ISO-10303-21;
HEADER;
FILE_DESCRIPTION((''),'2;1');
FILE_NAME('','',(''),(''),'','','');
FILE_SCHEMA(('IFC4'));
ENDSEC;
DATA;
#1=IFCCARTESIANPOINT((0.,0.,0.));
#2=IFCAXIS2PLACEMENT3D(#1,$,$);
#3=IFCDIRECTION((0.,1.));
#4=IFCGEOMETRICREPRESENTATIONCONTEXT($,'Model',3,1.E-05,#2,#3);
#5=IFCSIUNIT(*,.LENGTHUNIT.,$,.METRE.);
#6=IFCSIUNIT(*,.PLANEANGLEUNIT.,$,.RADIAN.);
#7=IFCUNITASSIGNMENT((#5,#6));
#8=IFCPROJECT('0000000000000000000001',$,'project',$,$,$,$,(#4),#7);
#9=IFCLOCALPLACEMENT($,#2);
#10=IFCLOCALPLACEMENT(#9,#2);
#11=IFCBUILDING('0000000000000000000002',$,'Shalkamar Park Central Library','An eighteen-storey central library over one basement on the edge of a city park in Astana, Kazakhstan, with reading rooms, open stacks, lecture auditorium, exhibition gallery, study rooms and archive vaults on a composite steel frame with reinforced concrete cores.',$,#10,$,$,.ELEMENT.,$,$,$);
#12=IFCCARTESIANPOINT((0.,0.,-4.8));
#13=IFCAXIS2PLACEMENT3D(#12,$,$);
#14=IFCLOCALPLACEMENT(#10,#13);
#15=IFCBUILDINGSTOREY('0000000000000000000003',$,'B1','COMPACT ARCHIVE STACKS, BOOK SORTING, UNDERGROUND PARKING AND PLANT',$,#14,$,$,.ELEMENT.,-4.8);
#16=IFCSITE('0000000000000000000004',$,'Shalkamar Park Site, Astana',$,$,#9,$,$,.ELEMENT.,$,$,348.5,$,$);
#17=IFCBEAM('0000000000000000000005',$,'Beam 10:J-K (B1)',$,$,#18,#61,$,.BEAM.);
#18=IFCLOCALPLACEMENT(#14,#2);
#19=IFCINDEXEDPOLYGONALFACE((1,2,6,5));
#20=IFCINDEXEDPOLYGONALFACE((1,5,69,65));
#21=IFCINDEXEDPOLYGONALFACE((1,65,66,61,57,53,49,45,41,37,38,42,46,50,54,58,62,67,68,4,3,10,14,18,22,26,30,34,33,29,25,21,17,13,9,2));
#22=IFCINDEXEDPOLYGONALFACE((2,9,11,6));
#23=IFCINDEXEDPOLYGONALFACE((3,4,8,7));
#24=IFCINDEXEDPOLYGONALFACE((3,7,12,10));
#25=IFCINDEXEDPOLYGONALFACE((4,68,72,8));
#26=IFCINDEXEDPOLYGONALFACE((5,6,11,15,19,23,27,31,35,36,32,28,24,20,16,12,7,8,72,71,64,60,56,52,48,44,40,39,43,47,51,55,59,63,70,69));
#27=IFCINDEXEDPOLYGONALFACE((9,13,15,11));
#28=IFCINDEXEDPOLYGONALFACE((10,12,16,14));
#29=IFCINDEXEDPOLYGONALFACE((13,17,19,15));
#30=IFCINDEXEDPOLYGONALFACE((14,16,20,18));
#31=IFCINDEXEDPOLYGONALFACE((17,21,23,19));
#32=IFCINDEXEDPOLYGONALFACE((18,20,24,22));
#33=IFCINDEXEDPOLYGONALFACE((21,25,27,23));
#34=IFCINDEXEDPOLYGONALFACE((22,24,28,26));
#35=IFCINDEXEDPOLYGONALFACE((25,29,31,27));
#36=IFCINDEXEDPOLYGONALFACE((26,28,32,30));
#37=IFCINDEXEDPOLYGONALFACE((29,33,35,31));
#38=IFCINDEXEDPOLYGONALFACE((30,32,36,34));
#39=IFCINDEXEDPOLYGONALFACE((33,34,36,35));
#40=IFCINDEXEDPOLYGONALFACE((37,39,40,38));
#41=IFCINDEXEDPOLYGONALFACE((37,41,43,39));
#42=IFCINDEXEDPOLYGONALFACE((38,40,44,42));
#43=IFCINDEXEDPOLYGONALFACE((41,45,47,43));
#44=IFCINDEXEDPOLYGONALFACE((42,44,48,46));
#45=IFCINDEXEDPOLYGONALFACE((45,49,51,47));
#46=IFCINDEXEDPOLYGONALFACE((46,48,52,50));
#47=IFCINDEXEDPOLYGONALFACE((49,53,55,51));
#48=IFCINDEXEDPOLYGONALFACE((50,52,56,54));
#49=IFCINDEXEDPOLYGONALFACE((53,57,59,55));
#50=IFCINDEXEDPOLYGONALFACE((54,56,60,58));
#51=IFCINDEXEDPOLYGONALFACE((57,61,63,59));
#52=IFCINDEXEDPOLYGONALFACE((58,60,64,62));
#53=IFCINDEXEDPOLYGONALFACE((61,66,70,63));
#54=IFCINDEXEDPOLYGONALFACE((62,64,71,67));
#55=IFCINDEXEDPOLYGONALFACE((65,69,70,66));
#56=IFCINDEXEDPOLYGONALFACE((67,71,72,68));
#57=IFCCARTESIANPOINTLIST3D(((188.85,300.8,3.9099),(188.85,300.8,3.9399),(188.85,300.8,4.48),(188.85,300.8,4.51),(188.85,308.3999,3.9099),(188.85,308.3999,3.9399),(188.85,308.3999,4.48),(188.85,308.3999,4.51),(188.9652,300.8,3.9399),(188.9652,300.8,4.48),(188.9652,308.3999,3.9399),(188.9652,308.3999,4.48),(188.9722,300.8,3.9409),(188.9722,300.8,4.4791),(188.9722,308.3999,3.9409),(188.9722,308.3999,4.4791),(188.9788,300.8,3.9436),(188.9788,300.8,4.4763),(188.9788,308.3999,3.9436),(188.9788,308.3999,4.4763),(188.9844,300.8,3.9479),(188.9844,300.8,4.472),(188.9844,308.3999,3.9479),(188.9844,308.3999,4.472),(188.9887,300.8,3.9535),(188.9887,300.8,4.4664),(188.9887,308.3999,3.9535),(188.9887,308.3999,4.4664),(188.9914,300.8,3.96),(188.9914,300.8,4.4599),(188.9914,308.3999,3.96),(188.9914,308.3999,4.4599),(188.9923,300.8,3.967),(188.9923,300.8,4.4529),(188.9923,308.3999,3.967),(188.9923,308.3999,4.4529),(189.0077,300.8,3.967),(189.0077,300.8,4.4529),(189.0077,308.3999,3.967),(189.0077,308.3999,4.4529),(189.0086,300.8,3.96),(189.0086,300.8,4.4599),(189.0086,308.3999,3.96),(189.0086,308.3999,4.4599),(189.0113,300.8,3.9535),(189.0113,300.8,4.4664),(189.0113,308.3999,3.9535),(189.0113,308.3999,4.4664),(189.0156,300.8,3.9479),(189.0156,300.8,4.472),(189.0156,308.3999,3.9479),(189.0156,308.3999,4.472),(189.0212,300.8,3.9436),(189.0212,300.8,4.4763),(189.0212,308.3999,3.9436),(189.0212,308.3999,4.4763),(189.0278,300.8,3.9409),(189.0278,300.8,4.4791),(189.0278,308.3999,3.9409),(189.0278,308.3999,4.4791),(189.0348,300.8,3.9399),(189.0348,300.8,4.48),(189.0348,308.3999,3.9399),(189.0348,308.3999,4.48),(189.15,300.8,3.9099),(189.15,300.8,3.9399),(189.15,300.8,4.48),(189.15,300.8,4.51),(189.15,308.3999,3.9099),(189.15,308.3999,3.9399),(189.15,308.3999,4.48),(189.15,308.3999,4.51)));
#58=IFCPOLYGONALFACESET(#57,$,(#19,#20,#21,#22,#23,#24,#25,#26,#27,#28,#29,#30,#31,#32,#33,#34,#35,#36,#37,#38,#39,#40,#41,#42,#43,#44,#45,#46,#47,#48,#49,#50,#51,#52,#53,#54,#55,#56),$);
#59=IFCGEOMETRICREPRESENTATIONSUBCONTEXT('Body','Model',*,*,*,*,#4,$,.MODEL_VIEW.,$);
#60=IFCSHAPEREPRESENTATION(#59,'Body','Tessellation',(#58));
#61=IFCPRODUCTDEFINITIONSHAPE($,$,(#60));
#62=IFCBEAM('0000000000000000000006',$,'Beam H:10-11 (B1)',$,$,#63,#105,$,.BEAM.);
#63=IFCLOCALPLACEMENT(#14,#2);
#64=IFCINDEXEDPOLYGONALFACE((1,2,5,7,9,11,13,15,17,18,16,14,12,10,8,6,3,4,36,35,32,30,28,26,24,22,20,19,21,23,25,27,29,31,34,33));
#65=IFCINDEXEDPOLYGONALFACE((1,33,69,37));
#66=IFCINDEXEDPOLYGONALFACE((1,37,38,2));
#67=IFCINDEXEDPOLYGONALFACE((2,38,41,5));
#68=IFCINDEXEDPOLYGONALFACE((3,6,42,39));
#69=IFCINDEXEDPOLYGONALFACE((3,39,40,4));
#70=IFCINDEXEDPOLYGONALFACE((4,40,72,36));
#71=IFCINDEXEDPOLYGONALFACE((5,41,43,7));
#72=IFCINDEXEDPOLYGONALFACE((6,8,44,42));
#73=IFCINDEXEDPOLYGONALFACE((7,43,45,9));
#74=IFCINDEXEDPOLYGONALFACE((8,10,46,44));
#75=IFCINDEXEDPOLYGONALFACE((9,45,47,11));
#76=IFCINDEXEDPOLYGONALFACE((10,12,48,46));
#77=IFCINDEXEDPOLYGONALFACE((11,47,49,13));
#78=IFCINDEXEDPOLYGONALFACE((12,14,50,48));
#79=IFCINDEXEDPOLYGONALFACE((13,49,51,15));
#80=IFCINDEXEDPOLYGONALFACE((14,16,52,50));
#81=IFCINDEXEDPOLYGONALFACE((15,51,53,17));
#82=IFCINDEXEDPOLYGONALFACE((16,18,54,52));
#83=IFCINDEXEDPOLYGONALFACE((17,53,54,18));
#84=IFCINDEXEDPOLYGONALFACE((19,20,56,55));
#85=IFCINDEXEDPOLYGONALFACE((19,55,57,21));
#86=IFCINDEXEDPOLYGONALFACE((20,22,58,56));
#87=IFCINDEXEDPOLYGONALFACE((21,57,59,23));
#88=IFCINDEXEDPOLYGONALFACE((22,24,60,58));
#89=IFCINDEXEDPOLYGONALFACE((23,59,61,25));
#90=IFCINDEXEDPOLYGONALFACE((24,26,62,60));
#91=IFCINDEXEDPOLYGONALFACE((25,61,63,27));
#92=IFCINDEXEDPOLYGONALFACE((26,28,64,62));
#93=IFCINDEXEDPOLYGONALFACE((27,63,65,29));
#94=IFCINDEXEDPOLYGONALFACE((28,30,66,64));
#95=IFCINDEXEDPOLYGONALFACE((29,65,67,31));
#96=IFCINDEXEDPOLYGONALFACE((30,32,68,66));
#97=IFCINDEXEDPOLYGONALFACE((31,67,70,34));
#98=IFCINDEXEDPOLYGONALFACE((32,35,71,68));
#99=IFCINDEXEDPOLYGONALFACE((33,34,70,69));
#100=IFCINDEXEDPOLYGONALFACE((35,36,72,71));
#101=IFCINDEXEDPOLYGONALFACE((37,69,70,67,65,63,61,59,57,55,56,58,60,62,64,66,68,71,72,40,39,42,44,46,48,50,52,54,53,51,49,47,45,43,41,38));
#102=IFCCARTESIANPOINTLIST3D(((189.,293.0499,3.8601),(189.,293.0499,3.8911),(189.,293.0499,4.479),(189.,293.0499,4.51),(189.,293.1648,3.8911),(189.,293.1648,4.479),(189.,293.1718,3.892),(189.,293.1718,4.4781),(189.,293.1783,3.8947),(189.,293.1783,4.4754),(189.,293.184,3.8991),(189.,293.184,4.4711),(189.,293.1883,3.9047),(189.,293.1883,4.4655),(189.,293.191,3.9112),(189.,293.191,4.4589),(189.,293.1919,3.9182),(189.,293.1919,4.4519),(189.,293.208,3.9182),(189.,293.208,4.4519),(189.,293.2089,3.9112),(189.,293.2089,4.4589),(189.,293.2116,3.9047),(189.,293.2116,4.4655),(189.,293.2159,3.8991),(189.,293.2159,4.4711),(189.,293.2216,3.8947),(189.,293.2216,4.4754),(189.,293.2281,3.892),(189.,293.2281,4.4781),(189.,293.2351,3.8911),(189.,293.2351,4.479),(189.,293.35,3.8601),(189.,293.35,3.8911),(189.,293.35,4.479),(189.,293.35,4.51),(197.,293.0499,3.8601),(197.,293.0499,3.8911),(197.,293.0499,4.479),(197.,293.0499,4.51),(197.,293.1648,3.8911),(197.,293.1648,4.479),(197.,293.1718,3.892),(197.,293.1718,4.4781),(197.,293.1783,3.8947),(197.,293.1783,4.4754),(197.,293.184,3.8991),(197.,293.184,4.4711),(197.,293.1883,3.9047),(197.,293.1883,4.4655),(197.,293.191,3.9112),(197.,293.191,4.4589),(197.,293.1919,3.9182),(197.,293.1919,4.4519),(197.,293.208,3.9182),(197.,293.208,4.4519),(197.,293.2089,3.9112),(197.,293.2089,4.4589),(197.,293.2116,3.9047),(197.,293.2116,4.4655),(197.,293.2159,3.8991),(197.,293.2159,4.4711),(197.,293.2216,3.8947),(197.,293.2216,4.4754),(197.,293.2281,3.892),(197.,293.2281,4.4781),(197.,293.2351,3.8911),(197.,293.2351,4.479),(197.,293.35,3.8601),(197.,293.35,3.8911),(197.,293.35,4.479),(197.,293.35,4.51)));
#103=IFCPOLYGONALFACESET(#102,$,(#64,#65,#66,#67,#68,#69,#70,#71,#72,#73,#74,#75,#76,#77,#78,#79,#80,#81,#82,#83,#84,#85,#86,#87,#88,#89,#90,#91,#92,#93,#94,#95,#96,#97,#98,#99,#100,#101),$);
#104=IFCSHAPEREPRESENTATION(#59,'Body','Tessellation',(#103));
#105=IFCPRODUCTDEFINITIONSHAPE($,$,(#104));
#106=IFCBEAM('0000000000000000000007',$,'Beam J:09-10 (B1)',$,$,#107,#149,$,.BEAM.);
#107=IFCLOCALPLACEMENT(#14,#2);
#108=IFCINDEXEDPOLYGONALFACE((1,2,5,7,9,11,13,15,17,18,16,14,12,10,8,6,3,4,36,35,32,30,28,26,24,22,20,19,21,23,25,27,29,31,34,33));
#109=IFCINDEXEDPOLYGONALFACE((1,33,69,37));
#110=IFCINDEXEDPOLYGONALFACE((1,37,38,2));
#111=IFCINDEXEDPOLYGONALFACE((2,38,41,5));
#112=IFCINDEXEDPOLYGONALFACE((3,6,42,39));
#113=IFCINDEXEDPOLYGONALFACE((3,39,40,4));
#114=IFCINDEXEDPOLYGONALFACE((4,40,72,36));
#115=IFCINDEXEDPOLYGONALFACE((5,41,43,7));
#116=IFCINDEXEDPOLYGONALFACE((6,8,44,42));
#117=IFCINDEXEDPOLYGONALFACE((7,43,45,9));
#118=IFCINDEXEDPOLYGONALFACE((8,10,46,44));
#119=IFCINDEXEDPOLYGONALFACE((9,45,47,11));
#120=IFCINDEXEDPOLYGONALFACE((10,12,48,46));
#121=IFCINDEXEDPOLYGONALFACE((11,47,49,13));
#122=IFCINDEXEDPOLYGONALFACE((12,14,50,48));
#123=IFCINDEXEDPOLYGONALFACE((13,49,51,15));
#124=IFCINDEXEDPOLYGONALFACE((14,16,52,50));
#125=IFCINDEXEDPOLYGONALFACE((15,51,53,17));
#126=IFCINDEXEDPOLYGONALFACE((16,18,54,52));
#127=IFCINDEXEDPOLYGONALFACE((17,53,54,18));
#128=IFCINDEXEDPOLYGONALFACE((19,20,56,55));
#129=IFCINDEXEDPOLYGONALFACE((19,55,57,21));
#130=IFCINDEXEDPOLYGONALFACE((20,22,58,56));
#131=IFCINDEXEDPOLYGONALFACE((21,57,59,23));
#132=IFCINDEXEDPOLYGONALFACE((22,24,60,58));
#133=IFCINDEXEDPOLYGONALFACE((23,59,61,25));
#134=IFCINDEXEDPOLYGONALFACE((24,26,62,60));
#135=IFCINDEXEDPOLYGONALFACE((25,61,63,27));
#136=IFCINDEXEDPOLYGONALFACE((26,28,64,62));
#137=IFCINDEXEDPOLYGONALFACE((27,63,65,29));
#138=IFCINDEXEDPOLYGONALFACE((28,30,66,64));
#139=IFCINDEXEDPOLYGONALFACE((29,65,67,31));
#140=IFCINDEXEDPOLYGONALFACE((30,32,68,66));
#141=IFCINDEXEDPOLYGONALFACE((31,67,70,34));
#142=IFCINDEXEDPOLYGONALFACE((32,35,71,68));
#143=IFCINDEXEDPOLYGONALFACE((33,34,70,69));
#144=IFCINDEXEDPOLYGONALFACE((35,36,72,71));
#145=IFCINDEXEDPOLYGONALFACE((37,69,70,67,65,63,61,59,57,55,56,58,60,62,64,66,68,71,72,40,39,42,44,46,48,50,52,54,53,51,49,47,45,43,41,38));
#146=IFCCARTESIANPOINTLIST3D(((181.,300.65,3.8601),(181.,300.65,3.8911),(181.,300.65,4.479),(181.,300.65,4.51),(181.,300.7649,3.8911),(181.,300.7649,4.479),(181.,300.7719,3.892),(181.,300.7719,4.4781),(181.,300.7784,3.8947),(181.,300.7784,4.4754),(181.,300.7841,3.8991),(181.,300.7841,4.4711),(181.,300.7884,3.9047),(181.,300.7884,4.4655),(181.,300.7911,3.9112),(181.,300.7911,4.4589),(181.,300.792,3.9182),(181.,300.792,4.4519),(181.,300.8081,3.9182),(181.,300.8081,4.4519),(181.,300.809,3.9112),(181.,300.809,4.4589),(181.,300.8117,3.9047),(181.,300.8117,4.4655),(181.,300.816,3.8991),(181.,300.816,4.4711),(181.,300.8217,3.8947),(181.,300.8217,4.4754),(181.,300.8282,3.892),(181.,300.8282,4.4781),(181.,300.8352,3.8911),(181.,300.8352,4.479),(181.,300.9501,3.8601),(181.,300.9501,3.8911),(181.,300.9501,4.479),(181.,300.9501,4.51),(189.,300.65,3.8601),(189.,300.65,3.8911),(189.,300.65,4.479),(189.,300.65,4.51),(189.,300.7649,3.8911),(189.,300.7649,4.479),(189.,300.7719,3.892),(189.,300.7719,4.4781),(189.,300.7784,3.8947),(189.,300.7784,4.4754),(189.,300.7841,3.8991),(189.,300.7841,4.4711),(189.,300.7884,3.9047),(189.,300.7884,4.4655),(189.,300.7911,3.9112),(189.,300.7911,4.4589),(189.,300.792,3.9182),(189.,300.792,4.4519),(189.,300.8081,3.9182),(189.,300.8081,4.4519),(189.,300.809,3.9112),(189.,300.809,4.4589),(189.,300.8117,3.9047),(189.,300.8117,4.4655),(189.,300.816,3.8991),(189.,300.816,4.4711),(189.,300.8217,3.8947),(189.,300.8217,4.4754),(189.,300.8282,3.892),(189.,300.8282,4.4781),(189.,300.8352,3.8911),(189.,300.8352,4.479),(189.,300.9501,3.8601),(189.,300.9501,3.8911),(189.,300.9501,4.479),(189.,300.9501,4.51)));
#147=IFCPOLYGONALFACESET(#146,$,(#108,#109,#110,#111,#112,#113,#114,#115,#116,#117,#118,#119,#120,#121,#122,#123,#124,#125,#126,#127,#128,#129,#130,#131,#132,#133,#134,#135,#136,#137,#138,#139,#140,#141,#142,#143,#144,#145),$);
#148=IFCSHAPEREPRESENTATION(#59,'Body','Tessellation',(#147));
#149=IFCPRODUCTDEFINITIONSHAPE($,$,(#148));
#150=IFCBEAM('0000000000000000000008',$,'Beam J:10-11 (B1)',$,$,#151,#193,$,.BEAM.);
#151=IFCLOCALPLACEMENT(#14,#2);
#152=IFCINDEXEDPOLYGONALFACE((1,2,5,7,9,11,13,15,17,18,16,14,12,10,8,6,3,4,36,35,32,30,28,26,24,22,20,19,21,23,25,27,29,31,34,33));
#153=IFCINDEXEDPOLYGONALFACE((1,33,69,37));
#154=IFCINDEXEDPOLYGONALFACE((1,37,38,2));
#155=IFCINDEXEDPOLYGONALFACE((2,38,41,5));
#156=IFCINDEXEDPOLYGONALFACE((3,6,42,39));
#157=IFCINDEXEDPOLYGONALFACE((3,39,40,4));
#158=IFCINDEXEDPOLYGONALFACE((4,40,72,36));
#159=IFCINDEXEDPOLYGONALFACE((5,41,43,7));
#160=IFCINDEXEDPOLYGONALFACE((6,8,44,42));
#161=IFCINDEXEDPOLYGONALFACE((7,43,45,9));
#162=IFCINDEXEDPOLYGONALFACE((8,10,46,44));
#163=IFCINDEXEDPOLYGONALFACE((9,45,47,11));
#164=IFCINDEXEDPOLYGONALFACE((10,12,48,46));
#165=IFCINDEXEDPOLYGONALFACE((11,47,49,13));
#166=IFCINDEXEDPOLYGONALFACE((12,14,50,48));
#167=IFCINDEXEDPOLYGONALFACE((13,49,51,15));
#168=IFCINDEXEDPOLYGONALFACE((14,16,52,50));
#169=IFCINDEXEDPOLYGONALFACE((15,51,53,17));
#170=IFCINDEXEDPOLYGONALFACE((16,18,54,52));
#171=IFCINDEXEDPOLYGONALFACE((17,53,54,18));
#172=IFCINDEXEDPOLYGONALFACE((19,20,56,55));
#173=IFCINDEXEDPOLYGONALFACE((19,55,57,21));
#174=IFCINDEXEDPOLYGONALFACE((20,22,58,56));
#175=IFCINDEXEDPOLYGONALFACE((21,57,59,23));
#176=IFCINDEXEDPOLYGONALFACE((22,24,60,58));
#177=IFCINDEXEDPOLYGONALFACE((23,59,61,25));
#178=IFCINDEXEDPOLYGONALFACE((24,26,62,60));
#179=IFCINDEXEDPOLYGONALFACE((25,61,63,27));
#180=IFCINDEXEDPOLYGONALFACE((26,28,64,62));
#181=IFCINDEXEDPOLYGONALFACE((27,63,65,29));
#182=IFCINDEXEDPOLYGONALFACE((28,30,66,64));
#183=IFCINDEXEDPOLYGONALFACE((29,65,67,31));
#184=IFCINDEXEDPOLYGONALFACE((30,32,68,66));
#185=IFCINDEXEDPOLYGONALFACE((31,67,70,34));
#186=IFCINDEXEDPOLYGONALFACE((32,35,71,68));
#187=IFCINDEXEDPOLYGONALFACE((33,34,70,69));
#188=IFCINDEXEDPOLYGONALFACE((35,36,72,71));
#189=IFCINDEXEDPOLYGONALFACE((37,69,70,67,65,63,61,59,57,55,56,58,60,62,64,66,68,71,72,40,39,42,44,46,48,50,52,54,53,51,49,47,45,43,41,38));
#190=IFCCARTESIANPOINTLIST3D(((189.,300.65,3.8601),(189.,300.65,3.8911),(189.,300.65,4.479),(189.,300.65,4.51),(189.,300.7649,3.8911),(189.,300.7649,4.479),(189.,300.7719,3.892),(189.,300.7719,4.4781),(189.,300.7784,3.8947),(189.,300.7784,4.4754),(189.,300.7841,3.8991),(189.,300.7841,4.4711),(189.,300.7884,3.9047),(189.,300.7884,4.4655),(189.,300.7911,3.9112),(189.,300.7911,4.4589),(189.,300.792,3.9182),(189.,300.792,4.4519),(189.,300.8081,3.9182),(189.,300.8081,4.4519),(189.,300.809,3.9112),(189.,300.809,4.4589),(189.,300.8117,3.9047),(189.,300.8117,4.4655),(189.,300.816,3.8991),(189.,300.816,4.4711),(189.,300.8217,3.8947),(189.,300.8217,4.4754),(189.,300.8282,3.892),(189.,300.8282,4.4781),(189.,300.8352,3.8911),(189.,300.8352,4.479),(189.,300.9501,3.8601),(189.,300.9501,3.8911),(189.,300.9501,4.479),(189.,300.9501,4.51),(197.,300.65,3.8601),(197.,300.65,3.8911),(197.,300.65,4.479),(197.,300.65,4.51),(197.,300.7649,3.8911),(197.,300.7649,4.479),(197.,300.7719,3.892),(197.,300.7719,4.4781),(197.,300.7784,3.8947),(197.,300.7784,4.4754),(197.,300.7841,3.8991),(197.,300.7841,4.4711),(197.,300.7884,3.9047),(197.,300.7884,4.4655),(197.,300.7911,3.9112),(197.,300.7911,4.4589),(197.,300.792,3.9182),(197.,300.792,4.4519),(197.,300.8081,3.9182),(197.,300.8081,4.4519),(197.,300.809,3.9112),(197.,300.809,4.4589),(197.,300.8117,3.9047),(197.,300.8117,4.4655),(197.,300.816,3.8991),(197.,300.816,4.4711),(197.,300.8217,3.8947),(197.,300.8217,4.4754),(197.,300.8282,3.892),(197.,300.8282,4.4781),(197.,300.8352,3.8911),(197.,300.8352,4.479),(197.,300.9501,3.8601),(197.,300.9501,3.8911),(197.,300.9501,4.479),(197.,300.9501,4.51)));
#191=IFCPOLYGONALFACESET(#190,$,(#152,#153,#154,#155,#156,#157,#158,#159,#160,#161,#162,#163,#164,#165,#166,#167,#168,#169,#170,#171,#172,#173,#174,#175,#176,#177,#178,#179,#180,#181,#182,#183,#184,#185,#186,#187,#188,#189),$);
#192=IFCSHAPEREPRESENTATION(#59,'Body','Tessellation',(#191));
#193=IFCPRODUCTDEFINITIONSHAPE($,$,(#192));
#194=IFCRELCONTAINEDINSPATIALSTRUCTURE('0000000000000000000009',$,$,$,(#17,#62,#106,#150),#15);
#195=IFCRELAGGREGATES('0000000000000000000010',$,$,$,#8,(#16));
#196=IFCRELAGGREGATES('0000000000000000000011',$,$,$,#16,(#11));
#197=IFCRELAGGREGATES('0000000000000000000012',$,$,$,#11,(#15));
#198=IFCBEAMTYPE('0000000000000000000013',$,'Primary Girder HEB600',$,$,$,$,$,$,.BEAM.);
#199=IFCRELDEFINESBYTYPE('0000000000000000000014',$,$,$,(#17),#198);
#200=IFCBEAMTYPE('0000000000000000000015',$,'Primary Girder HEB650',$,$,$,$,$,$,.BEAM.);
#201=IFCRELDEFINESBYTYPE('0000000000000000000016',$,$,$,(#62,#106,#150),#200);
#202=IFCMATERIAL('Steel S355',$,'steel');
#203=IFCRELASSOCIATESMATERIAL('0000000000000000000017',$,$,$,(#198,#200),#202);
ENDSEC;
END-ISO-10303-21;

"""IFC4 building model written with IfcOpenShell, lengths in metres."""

from ifc_helpers import new_model, si_unit, direction, frame, origin, origin_2d, place, context, subcontext, project, spatial, i_section, extrude, material, material_profile, profile_set, type_object, element, save


model = new_model("IFC4")

# Units and contexts
model_context = context("Model", 3, precision=1e-05, world=origin(), true_north=direction((0.0, 1.0)))
body_context = subcontext(model_context, "Body", "Model", "MODEL_VIEW")
ifc_project = project(units=[si_unit("LENGTHUNIT", "METRE"), si_unit("PLANEANGLEUNIT", "RADIAN")], contexts=[model_context])

# Site, building, storey
site_placement = place(None, origin())
site = spatial("IfcSite", under=ifc_project, at=site_placement, Name="Shalkamar Park Site, Astana", CompositionType="ELEMENT", RefElevation=348.5)
building_placement = place(site_placement, origin())
building = spatial("IfcBuilding", under=site, at=building_placement, Name="Shalkamar Park Central Library", Description="An eighteen-storey central library over one basement on the edge of a city park in Astana, Kazakhstan, with reading rooms, open stacks, lecture auditorium, exhibition gallery, study rooms and archive vaults on a composite steel frame with reinforced concrete cores.", CompositionType="ELEMENT")
storey_placement = place(building_placement, frame((0.0, 0.0, -4.8)))
storey = spatial("IfcBuildingStorey", under=building, at=storey_placement, Name="B1", Description="COMPACT ARCHIVE STACKS, BOOK SORTING, UNDERGROUND PARKING AND PLANT", CompositionType="ELEMENT", Elevation=-4.8)

# Shared definitions
ifc_material_1 = material(Name="Steel S355", Category="steel")

# Beams
ifc_material_profile_1 = material_profile(ifc_material_1, i_section(OverallWidth=0.3, OverallDepth=0.6001, WebThickness=0.0154, FlangeThickness=0.03, FilletRadius=0.0271, at=origin_2d()), Name="HEB 600")
ifc_profile_set_1 = profile_set([ifc_material_profile_1], Name="Steel S355")
beam_type_1 = type_object("IfcBeamType", Name="Primary Girder HEB600", PredefinedType="BEAM", material=ifc_profile_set_1)
beam_1_placement = place(storey_placement, frame((189.0, 300.8, 4.21), z_axis=(0.0, 1.0, 0.0), x_axis=(-1.0, 0.0, 0.0)))
element("IfcBeam", 1, at=beam_1_placement, inside=storey, type_object=beam_type_1, Name="Beam 10:J-K (B1)", PredefinedType="BEAM", context=body_context, shape_type="SweptSolid", body=[
    extrude(i_section(OverallWidth=0.3, OverallDepth=0.6001, WebThickness=0.0154, FlangeThickness=0.03, FilletRadius=0.0271, at=origin_2d()), origin(), (0.0, 0.0, 1.0), 7.5999),
])
ifc_material_profile_2 = material_profile(ifc_material_1, i_section(OverallWidth=0.3, OverallDepth=0.6499, WebThickness=0.0161, FlangeThickness=0.031, FilletRadius=0.0271, at=origin_2d()), Name="HEB 650")
ifc_profile_set_2 = profile_set([ifc_material_profile_2], Name="Steel S355")
beam_type_2 = type_object("IfcBeamType", Name="Primary Girder HEB650", PredefinedType="BEAM", material=ifc_profile_set_2)
for number, where, z_axis, x_axis, name in (
    (2, (189.0, 293.2, 4.1851), (1.0, 0.0, 0.0), (0.0, 1.0, 0.0), "Beam H:10-11 (B1)"),
    (3, (181.0, 300.8, 4.1851), (1.0, 0.0, 0.0), (0.0, 1.0, 0.0), "Beam J:09-10 (B1)"),
    (4, (189.0, 300.8, 4.1851), (1.0, 0.0, 0.0), (0.0, 1.0, 0.0), "Beam J:10-11 (B1)"),
):
    element("IfcBeam", number, at=place(storey_placement, frame(where, z_axis=z_axis, x_axis=x_axis)), inside=storey, type_object=beam_type_2, Name=name, PredefinedType="BEAM", context=body_context, shape_type="SweptSolid", body=[
        extrude(i_section(OverallWidth=0.3, OverallDepth=0.6499, WebThickness=0.0161, FlangeThickness=0.031, FilletRadius=0.0271, at=origin_2d()), origin(), (0.0, 0.0, 1.0), 8.0),
    ])

save(model, "model.ifc")
